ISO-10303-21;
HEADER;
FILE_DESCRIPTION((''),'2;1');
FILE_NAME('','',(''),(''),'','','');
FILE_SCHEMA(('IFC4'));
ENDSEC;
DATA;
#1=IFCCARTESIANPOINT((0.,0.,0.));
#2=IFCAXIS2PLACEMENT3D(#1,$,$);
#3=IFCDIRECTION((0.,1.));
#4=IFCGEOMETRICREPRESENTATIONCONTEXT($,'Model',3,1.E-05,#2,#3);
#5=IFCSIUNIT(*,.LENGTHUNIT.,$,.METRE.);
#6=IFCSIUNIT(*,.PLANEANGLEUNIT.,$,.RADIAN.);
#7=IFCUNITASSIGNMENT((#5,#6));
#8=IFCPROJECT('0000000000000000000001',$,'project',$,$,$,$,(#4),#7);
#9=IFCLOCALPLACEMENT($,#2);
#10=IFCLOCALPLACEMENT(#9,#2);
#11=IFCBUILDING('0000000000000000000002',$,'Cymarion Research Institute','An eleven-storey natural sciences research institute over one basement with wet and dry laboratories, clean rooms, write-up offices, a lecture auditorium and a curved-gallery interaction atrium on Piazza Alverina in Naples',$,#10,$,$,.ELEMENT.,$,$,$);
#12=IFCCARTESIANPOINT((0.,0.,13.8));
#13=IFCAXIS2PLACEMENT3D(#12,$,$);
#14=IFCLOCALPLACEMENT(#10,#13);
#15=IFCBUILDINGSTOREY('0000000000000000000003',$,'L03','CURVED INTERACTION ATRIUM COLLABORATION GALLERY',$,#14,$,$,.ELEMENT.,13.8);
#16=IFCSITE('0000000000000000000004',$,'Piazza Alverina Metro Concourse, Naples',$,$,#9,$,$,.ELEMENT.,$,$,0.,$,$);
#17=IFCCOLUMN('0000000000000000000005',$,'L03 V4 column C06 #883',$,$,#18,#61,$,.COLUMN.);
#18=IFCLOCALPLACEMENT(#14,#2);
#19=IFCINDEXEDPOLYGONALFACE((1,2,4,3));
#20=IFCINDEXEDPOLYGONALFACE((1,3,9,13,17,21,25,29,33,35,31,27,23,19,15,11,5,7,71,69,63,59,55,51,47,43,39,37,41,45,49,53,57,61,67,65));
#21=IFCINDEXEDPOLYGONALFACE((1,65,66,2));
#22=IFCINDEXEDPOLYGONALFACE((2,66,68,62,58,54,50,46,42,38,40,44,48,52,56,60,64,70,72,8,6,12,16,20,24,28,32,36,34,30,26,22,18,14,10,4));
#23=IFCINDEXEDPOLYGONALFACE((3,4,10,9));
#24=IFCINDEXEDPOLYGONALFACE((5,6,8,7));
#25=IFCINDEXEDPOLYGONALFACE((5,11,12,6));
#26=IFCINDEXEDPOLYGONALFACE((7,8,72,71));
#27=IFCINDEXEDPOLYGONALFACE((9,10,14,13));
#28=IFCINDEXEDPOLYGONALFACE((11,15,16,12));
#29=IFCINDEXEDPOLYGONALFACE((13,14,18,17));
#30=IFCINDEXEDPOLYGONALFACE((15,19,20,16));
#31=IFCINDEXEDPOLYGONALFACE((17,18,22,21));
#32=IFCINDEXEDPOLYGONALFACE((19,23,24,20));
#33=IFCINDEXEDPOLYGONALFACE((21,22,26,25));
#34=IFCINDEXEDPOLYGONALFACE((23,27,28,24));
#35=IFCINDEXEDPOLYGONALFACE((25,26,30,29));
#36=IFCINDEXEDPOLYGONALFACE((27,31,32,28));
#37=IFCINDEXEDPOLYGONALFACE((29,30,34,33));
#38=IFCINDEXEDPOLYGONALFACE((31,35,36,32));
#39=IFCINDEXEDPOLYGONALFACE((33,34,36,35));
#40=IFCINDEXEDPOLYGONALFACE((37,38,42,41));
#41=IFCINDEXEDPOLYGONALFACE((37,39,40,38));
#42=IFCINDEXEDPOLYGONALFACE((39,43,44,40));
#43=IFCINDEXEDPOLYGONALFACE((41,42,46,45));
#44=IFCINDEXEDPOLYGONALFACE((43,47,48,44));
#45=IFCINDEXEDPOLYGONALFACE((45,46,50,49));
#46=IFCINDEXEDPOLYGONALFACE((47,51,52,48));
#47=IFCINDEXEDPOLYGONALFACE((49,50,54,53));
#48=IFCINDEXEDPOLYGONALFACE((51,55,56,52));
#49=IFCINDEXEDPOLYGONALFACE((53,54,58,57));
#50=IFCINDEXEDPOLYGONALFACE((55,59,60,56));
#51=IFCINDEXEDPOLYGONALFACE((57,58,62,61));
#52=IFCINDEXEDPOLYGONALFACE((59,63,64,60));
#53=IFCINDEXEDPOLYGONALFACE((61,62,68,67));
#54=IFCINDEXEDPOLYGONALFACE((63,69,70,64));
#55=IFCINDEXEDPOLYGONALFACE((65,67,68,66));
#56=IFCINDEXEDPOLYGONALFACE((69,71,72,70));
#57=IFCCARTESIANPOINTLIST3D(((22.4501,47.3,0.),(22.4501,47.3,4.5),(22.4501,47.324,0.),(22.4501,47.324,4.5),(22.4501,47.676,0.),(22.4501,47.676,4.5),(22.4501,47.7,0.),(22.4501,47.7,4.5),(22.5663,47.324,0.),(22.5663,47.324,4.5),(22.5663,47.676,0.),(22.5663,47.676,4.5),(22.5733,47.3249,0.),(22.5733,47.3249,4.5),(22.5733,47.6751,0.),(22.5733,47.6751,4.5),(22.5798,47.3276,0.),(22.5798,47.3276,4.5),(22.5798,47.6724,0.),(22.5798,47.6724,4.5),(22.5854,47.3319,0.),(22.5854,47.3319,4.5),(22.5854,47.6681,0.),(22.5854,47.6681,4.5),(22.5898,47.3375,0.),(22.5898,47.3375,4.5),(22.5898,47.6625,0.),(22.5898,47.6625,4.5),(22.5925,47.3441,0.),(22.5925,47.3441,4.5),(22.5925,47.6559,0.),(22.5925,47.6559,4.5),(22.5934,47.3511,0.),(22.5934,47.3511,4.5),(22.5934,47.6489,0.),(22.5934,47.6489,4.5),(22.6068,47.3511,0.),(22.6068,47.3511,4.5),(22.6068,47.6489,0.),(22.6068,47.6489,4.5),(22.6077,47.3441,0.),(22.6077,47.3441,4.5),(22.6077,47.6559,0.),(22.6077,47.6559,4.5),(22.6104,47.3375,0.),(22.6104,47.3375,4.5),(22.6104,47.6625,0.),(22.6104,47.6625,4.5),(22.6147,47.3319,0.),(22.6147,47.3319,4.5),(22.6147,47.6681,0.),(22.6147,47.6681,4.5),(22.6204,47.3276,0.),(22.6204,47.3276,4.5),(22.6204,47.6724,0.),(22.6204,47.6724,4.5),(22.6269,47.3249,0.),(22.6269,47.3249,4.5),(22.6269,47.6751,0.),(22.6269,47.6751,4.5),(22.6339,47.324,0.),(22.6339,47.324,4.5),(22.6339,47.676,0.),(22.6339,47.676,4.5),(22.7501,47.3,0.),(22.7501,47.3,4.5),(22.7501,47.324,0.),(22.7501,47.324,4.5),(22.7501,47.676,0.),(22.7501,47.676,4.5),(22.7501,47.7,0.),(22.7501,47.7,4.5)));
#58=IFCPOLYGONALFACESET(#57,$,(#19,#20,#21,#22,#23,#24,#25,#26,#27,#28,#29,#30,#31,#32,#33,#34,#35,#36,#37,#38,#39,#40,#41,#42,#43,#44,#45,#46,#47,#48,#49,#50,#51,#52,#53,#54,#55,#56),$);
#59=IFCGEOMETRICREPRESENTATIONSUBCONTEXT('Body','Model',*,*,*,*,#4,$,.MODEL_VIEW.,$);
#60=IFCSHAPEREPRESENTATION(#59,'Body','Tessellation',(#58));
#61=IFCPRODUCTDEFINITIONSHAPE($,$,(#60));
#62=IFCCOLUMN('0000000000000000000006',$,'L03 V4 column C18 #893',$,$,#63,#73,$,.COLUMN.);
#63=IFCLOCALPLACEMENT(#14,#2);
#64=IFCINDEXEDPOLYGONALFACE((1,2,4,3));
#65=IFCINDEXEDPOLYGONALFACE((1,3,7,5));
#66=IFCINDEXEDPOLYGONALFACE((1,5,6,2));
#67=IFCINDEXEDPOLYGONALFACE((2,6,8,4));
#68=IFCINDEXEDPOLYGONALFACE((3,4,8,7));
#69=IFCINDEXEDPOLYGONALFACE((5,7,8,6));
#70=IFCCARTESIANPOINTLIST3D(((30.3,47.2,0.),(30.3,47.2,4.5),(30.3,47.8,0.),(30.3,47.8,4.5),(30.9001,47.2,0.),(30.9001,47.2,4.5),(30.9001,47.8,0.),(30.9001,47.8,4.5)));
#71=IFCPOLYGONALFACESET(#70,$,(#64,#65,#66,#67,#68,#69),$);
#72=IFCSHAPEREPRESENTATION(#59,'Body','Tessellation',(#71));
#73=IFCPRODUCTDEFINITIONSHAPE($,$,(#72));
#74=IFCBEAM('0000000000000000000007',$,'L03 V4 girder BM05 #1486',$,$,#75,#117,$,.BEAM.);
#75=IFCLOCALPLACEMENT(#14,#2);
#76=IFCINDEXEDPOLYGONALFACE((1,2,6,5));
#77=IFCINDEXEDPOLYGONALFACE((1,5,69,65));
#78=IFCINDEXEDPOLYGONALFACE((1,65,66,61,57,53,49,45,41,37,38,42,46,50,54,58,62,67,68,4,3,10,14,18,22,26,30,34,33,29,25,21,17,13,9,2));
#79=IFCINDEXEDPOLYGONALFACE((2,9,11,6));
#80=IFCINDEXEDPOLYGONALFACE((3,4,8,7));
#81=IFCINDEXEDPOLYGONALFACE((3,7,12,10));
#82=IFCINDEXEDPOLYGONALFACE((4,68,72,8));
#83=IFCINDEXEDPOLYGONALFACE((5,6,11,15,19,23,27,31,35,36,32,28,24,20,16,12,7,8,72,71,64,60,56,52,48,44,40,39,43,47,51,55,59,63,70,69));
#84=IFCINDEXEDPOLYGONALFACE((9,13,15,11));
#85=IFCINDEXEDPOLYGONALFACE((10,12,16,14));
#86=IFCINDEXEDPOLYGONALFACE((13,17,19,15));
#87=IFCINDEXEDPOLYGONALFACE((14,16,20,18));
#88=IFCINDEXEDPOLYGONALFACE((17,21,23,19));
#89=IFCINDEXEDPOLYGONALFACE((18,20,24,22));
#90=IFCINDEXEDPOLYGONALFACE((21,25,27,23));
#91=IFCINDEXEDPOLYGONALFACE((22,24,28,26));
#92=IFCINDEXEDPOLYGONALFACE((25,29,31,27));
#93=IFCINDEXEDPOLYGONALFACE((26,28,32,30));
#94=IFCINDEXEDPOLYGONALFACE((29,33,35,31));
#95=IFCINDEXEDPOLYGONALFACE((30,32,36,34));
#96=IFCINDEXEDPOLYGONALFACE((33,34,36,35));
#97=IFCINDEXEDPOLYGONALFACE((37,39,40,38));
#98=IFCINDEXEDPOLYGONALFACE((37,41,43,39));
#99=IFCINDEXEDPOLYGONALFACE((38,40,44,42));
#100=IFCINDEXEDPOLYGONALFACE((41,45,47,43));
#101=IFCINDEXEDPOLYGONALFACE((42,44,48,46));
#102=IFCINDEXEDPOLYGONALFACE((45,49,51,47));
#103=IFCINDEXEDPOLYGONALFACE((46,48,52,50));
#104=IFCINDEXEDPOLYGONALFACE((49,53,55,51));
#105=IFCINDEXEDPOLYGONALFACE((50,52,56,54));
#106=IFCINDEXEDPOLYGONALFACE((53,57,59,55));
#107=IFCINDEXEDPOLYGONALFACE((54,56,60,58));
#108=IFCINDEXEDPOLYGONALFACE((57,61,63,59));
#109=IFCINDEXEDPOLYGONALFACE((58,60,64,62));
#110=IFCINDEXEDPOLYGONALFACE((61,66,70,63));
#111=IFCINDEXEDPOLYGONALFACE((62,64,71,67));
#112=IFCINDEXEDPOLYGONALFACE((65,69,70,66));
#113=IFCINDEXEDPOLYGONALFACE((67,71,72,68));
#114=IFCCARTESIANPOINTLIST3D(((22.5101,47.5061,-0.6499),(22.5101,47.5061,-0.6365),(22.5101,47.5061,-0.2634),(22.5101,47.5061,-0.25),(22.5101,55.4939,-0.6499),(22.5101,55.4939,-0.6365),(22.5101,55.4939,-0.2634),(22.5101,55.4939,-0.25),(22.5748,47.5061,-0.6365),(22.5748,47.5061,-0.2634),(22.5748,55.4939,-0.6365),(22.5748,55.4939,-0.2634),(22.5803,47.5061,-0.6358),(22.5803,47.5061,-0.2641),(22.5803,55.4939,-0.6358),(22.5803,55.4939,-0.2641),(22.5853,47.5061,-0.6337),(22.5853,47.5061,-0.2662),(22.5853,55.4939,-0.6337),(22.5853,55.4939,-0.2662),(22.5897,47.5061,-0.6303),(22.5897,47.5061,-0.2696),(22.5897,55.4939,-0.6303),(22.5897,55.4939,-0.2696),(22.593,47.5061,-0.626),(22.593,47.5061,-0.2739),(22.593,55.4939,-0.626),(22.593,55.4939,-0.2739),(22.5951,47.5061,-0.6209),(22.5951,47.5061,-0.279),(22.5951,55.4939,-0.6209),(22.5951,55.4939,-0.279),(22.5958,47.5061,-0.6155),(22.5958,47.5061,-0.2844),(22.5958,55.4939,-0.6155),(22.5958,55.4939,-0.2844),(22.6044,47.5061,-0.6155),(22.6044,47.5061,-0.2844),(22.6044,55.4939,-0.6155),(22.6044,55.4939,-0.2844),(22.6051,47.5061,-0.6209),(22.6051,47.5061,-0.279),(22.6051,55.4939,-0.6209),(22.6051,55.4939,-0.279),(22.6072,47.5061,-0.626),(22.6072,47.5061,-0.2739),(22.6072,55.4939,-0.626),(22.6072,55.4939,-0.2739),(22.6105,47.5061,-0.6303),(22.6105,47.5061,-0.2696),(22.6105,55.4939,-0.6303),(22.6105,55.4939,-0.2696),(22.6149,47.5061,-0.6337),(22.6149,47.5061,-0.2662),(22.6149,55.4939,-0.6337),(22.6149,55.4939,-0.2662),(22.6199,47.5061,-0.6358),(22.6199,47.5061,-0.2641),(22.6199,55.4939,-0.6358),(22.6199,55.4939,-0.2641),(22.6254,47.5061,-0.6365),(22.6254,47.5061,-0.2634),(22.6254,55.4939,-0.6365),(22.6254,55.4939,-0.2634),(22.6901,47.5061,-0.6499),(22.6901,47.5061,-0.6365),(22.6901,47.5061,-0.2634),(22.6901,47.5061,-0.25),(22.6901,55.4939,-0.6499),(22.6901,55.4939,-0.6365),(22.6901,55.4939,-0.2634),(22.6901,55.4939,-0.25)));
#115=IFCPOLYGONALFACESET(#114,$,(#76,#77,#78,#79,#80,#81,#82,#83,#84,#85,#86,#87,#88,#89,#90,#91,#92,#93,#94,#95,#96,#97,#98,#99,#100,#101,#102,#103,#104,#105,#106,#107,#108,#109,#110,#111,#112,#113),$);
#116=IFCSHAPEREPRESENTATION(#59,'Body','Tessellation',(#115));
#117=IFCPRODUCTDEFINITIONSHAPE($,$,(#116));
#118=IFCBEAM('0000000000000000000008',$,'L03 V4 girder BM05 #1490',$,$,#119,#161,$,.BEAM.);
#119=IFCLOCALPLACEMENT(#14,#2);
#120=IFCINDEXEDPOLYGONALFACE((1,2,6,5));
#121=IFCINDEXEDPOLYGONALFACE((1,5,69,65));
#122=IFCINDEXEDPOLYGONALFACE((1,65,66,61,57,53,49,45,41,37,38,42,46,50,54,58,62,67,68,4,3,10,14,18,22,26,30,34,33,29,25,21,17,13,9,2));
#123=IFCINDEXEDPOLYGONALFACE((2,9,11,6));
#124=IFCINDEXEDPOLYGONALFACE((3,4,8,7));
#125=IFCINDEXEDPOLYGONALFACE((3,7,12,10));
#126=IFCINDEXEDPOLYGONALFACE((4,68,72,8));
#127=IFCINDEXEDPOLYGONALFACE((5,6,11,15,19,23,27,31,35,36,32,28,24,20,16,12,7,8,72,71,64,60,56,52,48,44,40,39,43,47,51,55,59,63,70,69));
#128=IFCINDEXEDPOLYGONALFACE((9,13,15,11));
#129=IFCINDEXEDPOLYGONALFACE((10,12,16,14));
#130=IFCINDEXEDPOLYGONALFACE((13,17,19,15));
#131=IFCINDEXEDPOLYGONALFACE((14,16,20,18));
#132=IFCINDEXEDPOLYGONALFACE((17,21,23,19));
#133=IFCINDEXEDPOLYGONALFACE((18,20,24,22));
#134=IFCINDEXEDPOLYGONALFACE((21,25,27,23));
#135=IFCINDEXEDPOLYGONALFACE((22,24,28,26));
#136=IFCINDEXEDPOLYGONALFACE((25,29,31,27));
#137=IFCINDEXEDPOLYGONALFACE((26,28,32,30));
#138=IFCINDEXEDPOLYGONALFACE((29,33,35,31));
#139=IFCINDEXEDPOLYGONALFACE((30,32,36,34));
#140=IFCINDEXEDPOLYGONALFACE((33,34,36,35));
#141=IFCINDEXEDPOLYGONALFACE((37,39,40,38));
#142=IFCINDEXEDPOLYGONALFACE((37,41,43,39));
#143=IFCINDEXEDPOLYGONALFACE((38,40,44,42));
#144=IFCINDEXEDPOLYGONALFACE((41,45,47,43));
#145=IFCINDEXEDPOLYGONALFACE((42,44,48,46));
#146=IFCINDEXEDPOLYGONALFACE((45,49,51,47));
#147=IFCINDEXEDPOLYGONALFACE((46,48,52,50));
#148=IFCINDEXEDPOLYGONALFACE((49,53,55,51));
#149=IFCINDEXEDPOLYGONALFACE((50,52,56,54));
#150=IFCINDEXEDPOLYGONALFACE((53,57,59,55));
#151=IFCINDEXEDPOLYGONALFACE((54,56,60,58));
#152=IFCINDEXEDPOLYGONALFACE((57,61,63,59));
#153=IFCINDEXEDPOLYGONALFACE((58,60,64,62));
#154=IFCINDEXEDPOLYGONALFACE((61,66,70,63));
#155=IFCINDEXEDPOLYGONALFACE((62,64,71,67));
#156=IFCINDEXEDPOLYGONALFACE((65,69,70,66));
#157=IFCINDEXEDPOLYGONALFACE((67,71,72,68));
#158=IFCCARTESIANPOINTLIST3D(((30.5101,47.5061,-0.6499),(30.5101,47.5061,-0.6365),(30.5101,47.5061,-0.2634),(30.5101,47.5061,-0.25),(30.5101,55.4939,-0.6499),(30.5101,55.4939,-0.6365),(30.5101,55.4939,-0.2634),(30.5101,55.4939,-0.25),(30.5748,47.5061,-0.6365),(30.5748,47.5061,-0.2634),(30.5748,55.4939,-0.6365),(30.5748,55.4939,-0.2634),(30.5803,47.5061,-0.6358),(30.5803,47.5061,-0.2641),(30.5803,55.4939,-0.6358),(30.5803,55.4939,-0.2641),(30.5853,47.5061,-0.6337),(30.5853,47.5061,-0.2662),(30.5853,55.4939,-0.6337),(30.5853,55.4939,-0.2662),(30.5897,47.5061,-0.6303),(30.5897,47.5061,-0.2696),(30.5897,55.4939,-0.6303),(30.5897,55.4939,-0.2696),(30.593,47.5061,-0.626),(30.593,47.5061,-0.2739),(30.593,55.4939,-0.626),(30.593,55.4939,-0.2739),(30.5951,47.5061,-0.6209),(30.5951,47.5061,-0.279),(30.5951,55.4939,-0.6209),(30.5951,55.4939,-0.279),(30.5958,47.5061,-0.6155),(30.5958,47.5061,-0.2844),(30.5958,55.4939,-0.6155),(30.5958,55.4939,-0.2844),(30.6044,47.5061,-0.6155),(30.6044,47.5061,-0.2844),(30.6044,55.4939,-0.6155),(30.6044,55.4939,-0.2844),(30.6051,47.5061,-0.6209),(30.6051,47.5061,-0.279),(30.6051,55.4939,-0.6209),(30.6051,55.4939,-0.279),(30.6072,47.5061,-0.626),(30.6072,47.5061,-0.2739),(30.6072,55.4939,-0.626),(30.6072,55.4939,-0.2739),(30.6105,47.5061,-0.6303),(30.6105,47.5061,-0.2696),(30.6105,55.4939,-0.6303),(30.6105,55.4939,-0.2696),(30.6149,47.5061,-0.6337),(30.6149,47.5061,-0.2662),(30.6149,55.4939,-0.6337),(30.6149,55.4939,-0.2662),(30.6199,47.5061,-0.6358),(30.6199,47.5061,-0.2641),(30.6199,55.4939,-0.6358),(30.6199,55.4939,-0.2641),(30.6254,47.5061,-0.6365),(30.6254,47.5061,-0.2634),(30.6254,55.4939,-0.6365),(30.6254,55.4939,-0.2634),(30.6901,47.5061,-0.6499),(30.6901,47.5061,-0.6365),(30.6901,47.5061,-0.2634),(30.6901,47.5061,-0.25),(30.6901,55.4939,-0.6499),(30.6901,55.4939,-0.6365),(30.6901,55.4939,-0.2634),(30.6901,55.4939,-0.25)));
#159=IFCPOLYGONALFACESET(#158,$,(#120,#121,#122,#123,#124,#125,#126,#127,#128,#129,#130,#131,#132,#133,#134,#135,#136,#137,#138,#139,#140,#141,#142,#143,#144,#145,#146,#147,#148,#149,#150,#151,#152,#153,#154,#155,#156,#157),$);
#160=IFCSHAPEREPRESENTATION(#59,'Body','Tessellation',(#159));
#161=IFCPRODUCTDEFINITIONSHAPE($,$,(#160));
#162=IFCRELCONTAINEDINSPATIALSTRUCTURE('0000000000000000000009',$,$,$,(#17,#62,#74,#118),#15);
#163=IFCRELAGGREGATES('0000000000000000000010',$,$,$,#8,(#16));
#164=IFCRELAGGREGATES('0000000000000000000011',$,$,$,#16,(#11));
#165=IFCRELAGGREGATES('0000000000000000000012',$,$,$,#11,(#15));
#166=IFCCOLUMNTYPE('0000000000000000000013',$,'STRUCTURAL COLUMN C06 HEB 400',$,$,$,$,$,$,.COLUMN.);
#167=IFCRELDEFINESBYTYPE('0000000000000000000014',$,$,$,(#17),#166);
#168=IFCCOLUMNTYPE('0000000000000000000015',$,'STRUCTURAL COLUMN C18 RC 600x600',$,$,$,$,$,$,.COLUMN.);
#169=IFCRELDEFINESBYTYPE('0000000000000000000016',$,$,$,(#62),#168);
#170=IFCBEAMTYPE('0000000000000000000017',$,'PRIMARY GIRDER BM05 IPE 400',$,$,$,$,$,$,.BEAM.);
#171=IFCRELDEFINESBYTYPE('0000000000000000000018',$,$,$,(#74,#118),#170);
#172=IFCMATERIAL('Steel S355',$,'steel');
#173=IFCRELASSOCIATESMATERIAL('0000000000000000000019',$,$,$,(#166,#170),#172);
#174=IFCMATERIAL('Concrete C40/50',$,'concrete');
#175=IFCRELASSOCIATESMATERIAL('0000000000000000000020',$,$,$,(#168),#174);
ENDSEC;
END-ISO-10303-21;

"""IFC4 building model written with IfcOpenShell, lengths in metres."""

from ifc_helpers import new_model, si_unit, direction, frame, origin, origin_2d, place, context, subcontext, project, spatial, rectangle, i_section, extrude, material, material_profile, profile_set, type_object, element, save


model = new_model("IFC4")

# Units and contexts
model_context = context("Model", 3, precision=1e-05, world=origin(), true_north=direction((0.0, 1.0)))
body_context = subcontext(model_context, "Body", "Model", "MODEL_VIEW")
ifc_project = project(units=[si_unit("LENGTHUNIT", "METRE"), si_unit("PLANEANGLEUNIT", "RADIAN")], contexts=[model_context])

# Site, building, storey
site_placement = place(None, origin())
site = spatial("IfcSite", under=ifc_project, at=site_placement, Name="Piazza Alverina Metro Concourse, Naples", CompositionType="ELEMENT", RefElevation=0.0)
building_placement = place(site_placement, origin())
building = spatial("IfcBuilding", under=site, at=building_placement, Name="Cymarion Research Institute", Description="An eleven-storey natural sciences research institute over one basement with wet and dry laboratories, clean rooms, write-up offices, a lecture auditorium and a curved-gallery interaction atrium on Piazza Alverina in Naples", CompositionType="ELEMENT")
storey_placement = place(building_placement, frame((0.0, 0.0, 13.8)))
storey = spatial("IfcBuildingStorey", under=building, at=storey_placement, Name="L03", Description="CURVED INTERACTION ATRIUM COLLABORATION GALLERY", CompositionType="ELEMENT", Elevation=13.8)

# Columns
ifc_material_1 = material(Name="Steel S355", Category="steel")
ifc_material_profile_1 = material_profile(ifc_material_1, i_section(OverallWidth=0.3, OverallDepth=0.3999, WebThickness=0.0134, FlangeThickness=0.0239, FilletRadius=0.0271, at=origin_2d()), Name="HEB 400")
ifc_profile_set_1 = profile_set([ifc_material_profile_1], Name="Steel S355")
column_type_1 = type_object("IfcColumnType", Name="STRUCTURAL COLUMN C06 HEB 400", PredefinedType="COLUMN", material=ifc_profile_set_1)
column_1_placement = place(storey_placement, frame((22.6001, 47.5, 0.0), z_axis=(0.0, 0.0, 1.0), x_axis=(1.0, 0.0, 0.0)))
element("IfcColumn", 1, at=column_1_placement, inside=storey, type_object=column_type_1, Name="L03 V4 column C06 #883", PredefinedType="COLUMN", context=body_context, shape_type="SweptSolid", body=[
    extrude(i_section(OverallWidth=0.3, OverallDepth=0.3999, WebThickness=0.0134, FlangeThickness=0.0239, FilletRadius=0.0271, at=origin_2d()), origin(), (0.0, 0.0, 1.0), 4.5),
])
ifc_material_2 = material(Name="Concrete C40/50", Category="concrete")
ifc_material_profile_2 = material_profile(ifc_material_2, rectangle(XDim=0.6001, YDim=0.6001, at=origin_2d()), Name="RC 600x600")
ifc_profile_set_2 = profile_set([ifc_material_profile_2], Name="Concrete C40/50")
column_type_2 = type_object("IfcColumnType", Name="STRUCTURAL COLUMN C18 RC 600x600", PredefinedType="COLUMN", material=ifc_profile_set_2)
column_2_placement = place(storey_placement, frame((30.6001, 47.5, 0.0), z_axis=(0.0, 0.0, 1.0), x_axis=(1.0, 0.0, 0.0)))
element("IfcColumn", 2, at=column_2_placement, inside=storey, type_object=column_type_2, Name="L03 V4 column C18 #893", PredefinedType="COLUMN", context=body_context, shape_type="SweptSolid", body=[
    extrude(rectangle(XDim=0.6001, YDim=0.6001, at=origin_2d()), origin(), (0.0, 0.0, 1.0), 4.5),
])

# Beams
ifc_material_profile_3 = material_profile(ifc_material_1, i_section(OverallWidth=0.1799, OverallDepth=0.3999, WebThickness=0.0085, FlangeThickness=0.0134, FilletRadius=0.021, at=origin_2d()), Name="IPE 400")
ifc_profile_set_3 = profile_set([ifc_material_profile_3], Name="Steel S355")
beam_type_1 = type_object("IfcBeamType", Name="PRIMARY GIRDER BM05 IPE 400", PredefinedType="BEAM", material=ifc_profile_set_3)
for number, where, z_axis, x_axis, name in (
    (3, (22.6001, 47.5061, -0.45), (0.0, 1.0, 0.0), (-1.0, 0.0, 0.0), "L03 V4 girder BM05 #1486"),
    (4, (30.6001, 47.5061, -0.45), (0.0, 1.0, 0.0), (-1.0, 0.0, 0.0), "L03 V4 girder BM05 #1490"),
):
    element("IfcBeam", number, at=place(storey_placement, frame(where, z_axis=z_axis, x_axis=x_axis)), inside=storey, type_object=beam_type_1, Name=name, PredefinedType="BEAM", context=body_context, shape_type="SweptSolid", body=[
        extrude(i_section(OverallWidth=0.1799, OverallDepth=0.3999, WebThickness=0.0085, FlangeThickness=0.0134, FilletRadius=0.021, at=origin_2d()), origin(), (0.0, 0.0, 1.0), 7.9878),
    ])

save(model, "model.ifc")
